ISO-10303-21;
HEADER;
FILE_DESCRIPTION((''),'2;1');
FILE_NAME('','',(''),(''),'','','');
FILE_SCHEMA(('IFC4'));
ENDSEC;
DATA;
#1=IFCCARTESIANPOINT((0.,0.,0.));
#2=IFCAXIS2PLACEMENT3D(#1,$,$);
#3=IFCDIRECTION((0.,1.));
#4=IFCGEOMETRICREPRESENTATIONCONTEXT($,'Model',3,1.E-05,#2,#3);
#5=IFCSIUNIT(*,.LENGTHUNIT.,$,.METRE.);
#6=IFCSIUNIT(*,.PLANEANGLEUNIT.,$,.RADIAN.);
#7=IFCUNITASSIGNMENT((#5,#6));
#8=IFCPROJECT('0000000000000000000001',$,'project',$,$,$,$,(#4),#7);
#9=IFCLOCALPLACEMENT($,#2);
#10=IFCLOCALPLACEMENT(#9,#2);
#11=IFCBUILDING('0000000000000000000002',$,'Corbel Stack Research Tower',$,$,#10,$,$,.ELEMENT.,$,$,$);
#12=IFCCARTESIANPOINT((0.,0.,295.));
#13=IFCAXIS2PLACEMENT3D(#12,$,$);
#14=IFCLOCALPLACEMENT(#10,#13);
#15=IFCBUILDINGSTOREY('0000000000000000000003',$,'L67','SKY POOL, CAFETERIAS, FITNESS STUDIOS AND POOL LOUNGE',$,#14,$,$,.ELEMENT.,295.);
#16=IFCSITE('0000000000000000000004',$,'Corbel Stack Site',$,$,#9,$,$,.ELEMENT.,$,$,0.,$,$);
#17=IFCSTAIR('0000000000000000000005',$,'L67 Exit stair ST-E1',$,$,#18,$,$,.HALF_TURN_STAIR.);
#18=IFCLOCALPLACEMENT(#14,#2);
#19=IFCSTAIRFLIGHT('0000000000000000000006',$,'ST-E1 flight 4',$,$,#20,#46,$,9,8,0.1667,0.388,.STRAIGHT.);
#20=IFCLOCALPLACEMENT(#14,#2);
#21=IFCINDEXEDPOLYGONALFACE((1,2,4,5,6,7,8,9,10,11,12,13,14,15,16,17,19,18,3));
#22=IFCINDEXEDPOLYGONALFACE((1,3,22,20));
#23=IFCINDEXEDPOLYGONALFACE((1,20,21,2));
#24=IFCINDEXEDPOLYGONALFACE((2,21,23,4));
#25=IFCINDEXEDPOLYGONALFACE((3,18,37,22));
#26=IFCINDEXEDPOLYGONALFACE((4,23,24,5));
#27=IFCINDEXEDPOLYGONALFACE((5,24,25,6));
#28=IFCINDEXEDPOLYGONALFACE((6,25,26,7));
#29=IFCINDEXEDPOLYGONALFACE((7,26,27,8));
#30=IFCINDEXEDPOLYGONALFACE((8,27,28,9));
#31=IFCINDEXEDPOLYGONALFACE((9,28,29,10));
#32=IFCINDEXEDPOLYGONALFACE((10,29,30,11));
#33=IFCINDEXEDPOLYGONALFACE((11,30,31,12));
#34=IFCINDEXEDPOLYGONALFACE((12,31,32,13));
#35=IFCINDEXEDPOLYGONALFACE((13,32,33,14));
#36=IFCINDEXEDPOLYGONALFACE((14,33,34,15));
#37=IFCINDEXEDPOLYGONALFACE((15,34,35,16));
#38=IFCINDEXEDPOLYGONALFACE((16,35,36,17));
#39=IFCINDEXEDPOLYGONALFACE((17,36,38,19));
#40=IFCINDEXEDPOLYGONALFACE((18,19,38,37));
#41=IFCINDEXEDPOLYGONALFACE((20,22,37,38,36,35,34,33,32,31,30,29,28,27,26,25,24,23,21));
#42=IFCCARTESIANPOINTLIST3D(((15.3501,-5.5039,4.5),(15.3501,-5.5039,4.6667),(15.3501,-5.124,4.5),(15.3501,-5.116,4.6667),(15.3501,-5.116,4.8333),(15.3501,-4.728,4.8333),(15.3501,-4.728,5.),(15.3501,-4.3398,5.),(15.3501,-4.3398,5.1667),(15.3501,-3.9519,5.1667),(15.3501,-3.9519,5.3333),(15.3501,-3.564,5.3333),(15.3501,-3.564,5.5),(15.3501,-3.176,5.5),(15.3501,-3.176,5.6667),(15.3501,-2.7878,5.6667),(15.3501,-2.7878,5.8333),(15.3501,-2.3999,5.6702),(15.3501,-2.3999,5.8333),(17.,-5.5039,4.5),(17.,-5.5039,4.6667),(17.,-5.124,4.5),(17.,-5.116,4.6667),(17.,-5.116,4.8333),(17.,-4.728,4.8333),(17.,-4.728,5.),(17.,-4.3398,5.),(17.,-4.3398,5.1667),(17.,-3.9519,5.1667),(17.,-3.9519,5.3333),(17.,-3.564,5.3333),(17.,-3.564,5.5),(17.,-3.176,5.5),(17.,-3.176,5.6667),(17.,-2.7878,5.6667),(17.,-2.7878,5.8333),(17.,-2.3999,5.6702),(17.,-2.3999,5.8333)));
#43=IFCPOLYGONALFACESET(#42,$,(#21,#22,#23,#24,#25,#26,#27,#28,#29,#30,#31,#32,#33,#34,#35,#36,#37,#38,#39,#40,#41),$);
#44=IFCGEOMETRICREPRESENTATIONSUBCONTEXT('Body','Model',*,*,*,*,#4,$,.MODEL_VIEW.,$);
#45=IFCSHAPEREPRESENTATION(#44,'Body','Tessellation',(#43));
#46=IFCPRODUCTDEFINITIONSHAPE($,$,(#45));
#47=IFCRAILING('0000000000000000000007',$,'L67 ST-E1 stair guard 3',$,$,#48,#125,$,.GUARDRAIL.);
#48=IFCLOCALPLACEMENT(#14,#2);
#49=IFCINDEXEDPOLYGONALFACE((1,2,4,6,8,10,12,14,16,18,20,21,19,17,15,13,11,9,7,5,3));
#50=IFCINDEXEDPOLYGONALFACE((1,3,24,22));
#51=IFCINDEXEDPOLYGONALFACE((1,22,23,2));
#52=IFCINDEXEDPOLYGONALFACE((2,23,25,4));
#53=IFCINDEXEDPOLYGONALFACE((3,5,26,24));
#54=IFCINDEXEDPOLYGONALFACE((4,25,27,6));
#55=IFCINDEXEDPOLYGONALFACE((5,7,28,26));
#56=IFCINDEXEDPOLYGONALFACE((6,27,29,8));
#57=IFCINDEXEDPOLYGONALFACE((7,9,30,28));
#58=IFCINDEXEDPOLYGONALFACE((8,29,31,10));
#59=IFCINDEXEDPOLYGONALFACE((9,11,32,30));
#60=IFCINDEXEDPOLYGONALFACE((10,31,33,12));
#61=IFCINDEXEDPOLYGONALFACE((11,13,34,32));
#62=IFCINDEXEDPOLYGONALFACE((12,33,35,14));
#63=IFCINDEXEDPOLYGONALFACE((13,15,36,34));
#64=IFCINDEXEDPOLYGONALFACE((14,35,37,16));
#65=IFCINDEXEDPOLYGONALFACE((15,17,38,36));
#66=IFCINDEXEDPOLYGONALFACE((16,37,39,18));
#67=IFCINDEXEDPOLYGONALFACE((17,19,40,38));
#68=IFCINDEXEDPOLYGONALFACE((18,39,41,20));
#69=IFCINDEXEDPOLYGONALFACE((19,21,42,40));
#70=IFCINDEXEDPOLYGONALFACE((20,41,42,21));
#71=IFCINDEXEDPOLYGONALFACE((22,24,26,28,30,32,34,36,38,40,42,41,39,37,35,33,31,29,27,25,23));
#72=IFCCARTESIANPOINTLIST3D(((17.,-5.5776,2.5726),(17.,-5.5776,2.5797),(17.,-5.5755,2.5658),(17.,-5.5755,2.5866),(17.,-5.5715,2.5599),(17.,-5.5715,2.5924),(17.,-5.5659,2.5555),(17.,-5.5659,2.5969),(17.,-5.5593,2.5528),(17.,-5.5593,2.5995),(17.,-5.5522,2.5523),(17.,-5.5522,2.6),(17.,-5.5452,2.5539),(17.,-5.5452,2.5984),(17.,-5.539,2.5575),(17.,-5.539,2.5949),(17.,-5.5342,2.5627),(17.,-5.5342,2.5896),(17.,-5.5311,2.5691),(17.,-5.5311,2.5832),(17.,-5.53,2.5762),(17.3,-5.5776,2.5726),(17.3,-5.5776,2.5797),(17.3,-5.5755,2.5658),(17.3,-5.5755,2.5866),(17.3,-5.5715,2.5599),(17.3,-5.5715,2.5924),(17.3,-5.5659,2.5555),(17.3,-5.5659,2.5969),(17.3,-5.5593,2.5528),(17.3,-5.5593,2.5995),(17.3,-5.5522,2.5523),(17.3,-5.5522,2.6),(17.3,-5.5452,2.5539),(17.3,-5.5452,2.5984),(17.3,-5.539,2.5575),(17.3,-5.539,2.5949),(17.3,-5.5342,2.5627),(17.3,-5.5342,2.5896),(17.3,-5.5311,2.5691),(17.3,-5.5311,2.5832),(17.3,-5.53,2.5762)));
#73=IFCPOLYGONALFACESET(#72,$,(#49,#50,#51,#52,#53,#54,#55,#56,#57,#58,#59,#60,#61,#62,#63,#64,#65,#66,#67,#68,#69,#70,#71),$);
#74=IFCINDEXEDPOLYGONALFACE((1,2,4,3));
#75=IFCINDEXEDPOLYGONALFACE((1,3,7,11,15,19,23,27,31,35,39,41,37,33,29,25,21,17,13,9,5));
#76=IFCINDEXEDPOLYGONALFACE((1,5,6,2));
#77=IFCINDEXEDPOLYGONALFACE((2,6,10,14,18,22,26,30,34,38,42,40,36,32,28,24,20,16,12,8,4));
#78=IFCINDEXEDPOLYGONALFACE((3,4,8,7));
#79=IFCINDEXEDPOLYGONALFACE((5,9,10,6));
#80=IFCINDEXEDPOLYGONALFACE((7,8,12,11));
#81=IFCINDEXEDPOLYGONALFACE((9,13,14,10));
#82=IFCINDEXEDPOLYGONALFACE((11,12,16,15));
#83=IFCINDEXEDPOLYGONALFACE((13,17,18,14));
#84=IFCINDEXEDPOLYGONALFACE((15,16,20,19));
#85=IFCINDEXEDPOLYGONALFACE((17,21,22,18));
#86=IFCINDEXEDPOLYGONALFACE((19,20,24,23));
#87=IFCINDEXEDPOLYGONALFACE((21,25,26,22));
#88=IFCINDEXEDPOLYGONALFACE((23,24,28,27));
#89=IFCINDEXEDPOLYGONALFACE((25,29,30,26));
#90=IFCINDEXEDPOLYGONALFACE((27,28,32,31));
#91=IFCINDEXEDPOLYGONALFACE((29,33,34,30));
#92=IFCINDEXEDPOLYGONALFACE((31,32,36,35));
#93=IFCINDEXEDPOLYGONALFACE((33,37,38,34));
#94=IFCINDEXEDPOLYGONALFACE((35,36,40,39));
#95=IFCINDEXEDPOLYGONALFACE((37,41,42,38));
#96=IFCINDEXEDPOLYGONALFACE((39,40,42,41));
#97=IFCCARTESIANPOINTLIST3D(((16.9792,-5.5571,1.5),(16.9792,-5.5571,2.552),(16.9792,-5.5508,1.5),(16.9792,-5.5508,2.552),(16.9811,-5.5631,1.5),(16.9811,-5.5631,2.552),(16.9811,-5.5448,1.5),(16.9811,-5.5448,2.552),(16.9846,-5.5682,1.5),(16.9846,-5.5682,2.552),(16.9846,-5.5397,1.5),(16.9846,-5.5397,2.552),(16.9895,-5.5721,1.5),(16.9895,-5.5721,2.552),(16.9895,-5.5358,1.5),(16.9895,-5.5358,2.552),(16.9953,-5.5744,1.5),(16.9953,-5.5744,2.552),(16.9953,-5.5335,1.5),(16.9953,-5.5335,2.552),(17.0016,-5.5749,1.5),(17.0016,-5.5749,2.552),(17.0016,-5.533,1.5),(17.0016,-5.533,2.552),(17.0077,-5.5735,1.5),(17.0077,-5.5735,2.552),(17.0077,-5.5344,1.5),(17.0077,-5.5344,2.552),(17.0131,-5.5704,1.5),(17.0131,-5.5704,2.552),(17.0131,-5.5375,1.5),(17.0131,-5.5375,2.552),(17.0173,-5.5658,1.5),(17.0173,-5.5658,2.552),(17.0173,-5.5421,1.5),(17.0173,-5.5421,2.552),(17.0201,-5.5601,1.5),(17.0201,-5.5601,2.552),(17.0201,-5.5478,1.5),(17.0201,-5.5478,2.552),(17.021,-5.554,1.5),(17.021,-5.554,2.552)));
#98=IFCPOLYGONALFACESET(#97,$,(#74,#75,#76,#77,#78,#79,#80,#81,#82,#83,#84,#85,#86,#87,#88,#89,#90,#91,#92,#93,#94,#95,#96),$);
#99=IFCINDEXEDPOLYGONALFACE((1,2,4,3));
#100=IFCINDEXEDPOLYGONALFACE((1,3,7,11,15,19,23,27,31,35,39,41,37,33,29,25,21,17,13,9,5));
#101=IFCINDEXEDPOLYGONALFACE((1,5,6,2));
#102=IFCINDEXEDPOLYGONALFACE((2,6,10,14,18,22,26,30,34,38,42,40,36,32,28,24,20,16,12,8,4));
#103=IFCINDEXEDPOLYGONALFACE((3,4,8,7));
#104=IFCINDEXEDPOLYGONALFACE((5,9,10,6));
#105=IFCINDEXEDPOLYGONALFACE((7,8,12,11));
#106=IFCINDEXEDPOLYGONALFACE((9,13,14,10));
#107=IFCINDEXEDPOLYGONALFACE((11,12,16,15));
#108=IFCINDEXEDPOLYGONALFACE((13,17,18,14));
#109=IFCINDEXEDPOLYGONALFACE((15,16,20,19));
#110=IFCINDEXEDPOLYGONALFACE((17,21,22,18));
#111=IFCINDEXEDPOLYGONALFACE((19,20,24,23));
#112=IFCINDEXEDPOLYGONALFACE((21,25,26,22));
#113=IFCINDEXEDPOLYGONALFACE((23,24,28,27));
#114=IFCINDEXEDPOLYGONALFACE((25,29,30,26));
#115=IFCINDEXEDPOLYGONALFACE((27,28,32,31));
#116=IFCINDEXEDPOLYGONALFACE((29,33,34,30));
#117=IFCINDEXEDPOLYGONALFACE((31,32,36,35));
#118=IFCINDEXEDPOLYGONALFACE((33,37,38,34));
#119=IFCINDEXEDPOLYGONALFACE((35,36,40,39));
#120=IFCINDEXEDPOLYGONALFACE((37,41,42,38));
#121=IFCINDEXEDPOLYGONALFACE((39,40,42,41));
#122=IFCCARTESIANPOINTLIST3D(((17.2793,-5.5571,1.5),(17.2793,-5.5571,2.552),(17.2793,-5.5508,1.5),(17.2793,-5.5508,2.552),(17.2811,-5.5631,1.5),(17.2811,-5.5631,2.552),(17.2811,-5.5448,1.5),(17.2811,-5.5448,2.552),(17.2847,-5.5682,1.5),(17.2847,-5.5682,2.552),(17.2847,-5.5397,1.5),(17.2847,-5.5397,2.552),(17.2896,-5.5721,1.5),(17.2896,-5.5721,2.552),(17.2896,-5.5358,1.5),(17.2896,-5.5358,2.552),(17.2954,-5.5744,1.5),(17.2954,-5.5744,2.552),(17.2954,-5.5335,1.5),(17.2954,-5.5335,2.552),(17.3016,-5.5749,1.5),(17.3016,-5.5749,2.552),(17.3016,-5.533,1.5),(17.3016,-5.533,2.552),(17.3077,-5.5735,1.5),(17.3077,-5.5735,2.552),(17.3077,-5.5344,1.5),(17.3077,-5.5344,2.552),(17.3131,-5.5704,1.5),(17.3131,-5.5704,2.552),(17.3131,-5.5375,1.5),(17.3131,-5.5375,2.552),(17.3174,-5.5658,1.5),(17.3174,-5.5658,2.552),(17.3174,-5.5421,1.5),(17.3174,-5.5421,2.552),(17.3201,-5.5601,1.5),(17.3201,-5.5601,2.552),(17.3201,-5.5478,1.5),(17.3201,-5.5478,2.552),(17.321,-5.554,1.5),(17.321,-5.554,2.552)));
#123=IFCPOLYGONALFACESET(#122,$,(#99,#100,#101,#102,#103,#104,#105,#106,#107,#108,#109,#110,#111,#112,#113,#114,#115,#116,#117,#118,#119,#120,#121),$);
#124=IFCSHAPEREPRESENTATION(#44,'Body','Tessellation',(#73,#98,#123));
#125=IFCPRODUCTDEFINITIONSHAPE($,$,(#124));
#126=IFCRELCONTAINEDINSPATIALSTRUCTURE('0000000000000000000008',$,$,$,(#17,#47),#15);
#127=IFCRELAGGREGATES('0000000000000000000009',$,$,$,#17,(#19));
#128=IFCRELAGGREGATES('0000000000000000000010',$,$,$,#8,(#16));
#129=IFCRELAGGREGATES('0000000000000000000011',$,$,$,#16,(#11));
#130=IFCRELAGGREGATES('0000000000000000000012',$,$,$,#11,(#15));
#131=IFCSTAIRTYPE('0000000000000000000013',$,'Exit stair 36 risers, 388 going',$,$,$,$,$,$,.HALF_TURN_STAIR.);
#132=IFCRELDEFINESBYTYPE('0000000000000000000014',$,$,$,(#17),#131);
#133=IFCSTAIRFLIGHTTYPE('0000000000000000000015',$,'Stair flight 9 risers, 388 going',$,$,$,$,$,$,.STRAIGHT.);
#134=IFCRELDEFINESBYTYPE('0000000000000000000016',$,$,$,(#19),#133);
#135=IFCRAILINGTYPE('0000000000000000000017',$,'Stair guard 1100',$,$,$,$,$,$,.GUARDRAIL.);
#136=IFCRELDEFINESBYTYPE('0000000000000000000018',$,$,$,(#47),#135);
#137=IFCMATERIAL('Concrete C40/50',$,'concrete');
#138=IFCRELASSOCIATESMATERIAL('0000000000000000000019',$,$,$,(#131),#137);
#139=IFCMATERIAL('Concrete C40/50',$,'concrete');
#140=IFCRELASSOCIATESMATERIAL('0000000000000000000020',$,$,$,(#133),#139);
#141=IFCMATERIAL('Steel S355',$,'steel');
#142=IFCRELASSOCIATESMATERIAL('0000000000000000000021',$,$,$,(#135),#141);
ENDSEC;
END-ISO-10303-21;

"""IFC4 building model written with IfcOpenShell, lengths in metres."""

from ifc_helpers import new_model, si_unit, direction, frame, origin, origin_2d, place, context, subcontext, project, spatial, polyline, circle, outline, extrude, material, type_object, element, aggregate, save


model = new_model("IFC4")

# Units and contexts
model_context = context("Model", 3, precision=1e-05, world=origin(), true_north=direction((0.0, 1.0)))
body_context = subcontext(model_context, "Body", "Model", "MODEL_VIEW")
ifc_project = project(units=[si_unit("LENGTHUNIT", "METRE"), si_unit("PLANEANGLEUNIT", "RADIAN")], contexts=[model_context])

# Site, building, storey
site_placement = place(None, origin())
site = spatial("IfcSite", under=ifc_project, at=site_placement, Name="Corbel Stack Site", CompositionType="ELEMENT", RefElevation=0.0)
building_placement = place(site_placement, origin())
building = spatial("IfcBuilding", under=site, at=building_placement, Name="Corbel Stack Research Tower", CompositionType="ELEMENT")
storey_placement = place(building_placement, frame((0.0, 0.0, 295.0)))
storey = spatial("IfcBuildingStorey", under=building, at=storey_placement, Name="L67", Description="SKY POOL, CAFETERIAS, FITNESS STUDIOS AND POOL LOUNGE", CompositionType="ELEMENT", Elevation=295.0)

# Stair, stair flight
ifc_material_1 = material(Name="Concrete C40/50", Category="concrete")
stair_type = type_object("IfcStairType", Name="Exit stair 36 risers, 388 going", PredefinedType="HALF_TURN_STAIR", material=ifc_material_1)
stair_placement = place(storey_placement, origin())
stair = element("IfcStair", 1, at=stair_placement, inside=storey, type_object=stair_type, Name="L67 Exit stair ST-E1", PredefinedType="HALF_TURN_STAIR")
ifc_material_2 = material(Name="Concrete C40/50", Category="concrete")
stair_flight_type = type_object("IfcStairFlightType", Name="Stair flight 9 risers, 388 going", PredefinedType="STRAIGHT", material=ifc_material_2)
stair_flight_1_placement = place(storey_placement, frame((16.175, -5.5039, 4.5), z_axis=(0.0, 0.0, 1.0), x_axis=(0.0, 1.0, 0.0)))
stair_flight_1 = element("IfcStairFlight", 2, at=stair_flight_1_placement, type_object=stair_flight_type, Name="ST-E1 flight 4", NumberOfRisers=9, NumberOfTreads=8, PredefinedType="STRAIGHT", RiserHeight=0.1667, TreadLength=0.388, context=body_context, shape_type="SweptSolid", body=[
    extrude(outline(polyline([(0.0, 0.0), (0.0, 0.1667), (0.3879, 0.1667), (0.3879, 0.3333), (0.7759, 0.3333), (0.7759, 0.5), (1.1641, 0.5), (1.1641, 0.6667), (1.552, 0.6667), (1.552, 0.8333), (1.9399, 0.8333), (1.9399, 1.0), (2.3279, 1.0), (2.3279, 1.1667), (2.7161, 1.1667), (2.7161, 1.3333), (3.104, 1.3333), (3.104, 1.5), (3.104, 1.1702), (0.3799, 0.0), (0.0, 0.0)])), frame((0.0, 0.825, 0.0), z_axis=(0.0, -1.0, 0.0), x_axis=(1.0, 0.0, 0.0)), (0.0, 0.0, 1.0), 1.6499),
])
aggregate(stair, [stair_flight_1])

# Railing
ifc_material_3 = material(Name="Steel S355", Category="steel")
railing_type_1 = type_object("IfcRailingType", Name="Stair guard 1100", PredefinedType="GUARDRAIL", material=ifc_material_3)
railing_1_placement = place(storey_placement, frame((17.0, -5.554, 1.5)))
element("IfcRailing", 3, at=railing_1_placement, inside=storey, type_object=railing_type_1, Name="L67 ST-E1 stair guard 3", PredefinedType="GUARDRAIL", context=body_context, shape_type="SweptSolid", body=[
    extrude(circle(Radius=0.0239, at=origin_2d()), frame((0.0, 0.0, 1.0762), z_axis=(1.0, 0.0, 0.0), x_axis=(0.0, 1.0, 0.0)), (0.0, 0.0, 1.0), 0.3),
    extrude(circle(Radius=0.021, at=origin_2d()), origin(), (0.0, 0.0, 1.0), 1.052),
    extrude(circle(Radius=0.021, at=origin_2d()), frame((0.3, 0.0, 0.0)), (0.0, 0.0, 1.0), 1.052),
])

save(model, "model.ifc")
